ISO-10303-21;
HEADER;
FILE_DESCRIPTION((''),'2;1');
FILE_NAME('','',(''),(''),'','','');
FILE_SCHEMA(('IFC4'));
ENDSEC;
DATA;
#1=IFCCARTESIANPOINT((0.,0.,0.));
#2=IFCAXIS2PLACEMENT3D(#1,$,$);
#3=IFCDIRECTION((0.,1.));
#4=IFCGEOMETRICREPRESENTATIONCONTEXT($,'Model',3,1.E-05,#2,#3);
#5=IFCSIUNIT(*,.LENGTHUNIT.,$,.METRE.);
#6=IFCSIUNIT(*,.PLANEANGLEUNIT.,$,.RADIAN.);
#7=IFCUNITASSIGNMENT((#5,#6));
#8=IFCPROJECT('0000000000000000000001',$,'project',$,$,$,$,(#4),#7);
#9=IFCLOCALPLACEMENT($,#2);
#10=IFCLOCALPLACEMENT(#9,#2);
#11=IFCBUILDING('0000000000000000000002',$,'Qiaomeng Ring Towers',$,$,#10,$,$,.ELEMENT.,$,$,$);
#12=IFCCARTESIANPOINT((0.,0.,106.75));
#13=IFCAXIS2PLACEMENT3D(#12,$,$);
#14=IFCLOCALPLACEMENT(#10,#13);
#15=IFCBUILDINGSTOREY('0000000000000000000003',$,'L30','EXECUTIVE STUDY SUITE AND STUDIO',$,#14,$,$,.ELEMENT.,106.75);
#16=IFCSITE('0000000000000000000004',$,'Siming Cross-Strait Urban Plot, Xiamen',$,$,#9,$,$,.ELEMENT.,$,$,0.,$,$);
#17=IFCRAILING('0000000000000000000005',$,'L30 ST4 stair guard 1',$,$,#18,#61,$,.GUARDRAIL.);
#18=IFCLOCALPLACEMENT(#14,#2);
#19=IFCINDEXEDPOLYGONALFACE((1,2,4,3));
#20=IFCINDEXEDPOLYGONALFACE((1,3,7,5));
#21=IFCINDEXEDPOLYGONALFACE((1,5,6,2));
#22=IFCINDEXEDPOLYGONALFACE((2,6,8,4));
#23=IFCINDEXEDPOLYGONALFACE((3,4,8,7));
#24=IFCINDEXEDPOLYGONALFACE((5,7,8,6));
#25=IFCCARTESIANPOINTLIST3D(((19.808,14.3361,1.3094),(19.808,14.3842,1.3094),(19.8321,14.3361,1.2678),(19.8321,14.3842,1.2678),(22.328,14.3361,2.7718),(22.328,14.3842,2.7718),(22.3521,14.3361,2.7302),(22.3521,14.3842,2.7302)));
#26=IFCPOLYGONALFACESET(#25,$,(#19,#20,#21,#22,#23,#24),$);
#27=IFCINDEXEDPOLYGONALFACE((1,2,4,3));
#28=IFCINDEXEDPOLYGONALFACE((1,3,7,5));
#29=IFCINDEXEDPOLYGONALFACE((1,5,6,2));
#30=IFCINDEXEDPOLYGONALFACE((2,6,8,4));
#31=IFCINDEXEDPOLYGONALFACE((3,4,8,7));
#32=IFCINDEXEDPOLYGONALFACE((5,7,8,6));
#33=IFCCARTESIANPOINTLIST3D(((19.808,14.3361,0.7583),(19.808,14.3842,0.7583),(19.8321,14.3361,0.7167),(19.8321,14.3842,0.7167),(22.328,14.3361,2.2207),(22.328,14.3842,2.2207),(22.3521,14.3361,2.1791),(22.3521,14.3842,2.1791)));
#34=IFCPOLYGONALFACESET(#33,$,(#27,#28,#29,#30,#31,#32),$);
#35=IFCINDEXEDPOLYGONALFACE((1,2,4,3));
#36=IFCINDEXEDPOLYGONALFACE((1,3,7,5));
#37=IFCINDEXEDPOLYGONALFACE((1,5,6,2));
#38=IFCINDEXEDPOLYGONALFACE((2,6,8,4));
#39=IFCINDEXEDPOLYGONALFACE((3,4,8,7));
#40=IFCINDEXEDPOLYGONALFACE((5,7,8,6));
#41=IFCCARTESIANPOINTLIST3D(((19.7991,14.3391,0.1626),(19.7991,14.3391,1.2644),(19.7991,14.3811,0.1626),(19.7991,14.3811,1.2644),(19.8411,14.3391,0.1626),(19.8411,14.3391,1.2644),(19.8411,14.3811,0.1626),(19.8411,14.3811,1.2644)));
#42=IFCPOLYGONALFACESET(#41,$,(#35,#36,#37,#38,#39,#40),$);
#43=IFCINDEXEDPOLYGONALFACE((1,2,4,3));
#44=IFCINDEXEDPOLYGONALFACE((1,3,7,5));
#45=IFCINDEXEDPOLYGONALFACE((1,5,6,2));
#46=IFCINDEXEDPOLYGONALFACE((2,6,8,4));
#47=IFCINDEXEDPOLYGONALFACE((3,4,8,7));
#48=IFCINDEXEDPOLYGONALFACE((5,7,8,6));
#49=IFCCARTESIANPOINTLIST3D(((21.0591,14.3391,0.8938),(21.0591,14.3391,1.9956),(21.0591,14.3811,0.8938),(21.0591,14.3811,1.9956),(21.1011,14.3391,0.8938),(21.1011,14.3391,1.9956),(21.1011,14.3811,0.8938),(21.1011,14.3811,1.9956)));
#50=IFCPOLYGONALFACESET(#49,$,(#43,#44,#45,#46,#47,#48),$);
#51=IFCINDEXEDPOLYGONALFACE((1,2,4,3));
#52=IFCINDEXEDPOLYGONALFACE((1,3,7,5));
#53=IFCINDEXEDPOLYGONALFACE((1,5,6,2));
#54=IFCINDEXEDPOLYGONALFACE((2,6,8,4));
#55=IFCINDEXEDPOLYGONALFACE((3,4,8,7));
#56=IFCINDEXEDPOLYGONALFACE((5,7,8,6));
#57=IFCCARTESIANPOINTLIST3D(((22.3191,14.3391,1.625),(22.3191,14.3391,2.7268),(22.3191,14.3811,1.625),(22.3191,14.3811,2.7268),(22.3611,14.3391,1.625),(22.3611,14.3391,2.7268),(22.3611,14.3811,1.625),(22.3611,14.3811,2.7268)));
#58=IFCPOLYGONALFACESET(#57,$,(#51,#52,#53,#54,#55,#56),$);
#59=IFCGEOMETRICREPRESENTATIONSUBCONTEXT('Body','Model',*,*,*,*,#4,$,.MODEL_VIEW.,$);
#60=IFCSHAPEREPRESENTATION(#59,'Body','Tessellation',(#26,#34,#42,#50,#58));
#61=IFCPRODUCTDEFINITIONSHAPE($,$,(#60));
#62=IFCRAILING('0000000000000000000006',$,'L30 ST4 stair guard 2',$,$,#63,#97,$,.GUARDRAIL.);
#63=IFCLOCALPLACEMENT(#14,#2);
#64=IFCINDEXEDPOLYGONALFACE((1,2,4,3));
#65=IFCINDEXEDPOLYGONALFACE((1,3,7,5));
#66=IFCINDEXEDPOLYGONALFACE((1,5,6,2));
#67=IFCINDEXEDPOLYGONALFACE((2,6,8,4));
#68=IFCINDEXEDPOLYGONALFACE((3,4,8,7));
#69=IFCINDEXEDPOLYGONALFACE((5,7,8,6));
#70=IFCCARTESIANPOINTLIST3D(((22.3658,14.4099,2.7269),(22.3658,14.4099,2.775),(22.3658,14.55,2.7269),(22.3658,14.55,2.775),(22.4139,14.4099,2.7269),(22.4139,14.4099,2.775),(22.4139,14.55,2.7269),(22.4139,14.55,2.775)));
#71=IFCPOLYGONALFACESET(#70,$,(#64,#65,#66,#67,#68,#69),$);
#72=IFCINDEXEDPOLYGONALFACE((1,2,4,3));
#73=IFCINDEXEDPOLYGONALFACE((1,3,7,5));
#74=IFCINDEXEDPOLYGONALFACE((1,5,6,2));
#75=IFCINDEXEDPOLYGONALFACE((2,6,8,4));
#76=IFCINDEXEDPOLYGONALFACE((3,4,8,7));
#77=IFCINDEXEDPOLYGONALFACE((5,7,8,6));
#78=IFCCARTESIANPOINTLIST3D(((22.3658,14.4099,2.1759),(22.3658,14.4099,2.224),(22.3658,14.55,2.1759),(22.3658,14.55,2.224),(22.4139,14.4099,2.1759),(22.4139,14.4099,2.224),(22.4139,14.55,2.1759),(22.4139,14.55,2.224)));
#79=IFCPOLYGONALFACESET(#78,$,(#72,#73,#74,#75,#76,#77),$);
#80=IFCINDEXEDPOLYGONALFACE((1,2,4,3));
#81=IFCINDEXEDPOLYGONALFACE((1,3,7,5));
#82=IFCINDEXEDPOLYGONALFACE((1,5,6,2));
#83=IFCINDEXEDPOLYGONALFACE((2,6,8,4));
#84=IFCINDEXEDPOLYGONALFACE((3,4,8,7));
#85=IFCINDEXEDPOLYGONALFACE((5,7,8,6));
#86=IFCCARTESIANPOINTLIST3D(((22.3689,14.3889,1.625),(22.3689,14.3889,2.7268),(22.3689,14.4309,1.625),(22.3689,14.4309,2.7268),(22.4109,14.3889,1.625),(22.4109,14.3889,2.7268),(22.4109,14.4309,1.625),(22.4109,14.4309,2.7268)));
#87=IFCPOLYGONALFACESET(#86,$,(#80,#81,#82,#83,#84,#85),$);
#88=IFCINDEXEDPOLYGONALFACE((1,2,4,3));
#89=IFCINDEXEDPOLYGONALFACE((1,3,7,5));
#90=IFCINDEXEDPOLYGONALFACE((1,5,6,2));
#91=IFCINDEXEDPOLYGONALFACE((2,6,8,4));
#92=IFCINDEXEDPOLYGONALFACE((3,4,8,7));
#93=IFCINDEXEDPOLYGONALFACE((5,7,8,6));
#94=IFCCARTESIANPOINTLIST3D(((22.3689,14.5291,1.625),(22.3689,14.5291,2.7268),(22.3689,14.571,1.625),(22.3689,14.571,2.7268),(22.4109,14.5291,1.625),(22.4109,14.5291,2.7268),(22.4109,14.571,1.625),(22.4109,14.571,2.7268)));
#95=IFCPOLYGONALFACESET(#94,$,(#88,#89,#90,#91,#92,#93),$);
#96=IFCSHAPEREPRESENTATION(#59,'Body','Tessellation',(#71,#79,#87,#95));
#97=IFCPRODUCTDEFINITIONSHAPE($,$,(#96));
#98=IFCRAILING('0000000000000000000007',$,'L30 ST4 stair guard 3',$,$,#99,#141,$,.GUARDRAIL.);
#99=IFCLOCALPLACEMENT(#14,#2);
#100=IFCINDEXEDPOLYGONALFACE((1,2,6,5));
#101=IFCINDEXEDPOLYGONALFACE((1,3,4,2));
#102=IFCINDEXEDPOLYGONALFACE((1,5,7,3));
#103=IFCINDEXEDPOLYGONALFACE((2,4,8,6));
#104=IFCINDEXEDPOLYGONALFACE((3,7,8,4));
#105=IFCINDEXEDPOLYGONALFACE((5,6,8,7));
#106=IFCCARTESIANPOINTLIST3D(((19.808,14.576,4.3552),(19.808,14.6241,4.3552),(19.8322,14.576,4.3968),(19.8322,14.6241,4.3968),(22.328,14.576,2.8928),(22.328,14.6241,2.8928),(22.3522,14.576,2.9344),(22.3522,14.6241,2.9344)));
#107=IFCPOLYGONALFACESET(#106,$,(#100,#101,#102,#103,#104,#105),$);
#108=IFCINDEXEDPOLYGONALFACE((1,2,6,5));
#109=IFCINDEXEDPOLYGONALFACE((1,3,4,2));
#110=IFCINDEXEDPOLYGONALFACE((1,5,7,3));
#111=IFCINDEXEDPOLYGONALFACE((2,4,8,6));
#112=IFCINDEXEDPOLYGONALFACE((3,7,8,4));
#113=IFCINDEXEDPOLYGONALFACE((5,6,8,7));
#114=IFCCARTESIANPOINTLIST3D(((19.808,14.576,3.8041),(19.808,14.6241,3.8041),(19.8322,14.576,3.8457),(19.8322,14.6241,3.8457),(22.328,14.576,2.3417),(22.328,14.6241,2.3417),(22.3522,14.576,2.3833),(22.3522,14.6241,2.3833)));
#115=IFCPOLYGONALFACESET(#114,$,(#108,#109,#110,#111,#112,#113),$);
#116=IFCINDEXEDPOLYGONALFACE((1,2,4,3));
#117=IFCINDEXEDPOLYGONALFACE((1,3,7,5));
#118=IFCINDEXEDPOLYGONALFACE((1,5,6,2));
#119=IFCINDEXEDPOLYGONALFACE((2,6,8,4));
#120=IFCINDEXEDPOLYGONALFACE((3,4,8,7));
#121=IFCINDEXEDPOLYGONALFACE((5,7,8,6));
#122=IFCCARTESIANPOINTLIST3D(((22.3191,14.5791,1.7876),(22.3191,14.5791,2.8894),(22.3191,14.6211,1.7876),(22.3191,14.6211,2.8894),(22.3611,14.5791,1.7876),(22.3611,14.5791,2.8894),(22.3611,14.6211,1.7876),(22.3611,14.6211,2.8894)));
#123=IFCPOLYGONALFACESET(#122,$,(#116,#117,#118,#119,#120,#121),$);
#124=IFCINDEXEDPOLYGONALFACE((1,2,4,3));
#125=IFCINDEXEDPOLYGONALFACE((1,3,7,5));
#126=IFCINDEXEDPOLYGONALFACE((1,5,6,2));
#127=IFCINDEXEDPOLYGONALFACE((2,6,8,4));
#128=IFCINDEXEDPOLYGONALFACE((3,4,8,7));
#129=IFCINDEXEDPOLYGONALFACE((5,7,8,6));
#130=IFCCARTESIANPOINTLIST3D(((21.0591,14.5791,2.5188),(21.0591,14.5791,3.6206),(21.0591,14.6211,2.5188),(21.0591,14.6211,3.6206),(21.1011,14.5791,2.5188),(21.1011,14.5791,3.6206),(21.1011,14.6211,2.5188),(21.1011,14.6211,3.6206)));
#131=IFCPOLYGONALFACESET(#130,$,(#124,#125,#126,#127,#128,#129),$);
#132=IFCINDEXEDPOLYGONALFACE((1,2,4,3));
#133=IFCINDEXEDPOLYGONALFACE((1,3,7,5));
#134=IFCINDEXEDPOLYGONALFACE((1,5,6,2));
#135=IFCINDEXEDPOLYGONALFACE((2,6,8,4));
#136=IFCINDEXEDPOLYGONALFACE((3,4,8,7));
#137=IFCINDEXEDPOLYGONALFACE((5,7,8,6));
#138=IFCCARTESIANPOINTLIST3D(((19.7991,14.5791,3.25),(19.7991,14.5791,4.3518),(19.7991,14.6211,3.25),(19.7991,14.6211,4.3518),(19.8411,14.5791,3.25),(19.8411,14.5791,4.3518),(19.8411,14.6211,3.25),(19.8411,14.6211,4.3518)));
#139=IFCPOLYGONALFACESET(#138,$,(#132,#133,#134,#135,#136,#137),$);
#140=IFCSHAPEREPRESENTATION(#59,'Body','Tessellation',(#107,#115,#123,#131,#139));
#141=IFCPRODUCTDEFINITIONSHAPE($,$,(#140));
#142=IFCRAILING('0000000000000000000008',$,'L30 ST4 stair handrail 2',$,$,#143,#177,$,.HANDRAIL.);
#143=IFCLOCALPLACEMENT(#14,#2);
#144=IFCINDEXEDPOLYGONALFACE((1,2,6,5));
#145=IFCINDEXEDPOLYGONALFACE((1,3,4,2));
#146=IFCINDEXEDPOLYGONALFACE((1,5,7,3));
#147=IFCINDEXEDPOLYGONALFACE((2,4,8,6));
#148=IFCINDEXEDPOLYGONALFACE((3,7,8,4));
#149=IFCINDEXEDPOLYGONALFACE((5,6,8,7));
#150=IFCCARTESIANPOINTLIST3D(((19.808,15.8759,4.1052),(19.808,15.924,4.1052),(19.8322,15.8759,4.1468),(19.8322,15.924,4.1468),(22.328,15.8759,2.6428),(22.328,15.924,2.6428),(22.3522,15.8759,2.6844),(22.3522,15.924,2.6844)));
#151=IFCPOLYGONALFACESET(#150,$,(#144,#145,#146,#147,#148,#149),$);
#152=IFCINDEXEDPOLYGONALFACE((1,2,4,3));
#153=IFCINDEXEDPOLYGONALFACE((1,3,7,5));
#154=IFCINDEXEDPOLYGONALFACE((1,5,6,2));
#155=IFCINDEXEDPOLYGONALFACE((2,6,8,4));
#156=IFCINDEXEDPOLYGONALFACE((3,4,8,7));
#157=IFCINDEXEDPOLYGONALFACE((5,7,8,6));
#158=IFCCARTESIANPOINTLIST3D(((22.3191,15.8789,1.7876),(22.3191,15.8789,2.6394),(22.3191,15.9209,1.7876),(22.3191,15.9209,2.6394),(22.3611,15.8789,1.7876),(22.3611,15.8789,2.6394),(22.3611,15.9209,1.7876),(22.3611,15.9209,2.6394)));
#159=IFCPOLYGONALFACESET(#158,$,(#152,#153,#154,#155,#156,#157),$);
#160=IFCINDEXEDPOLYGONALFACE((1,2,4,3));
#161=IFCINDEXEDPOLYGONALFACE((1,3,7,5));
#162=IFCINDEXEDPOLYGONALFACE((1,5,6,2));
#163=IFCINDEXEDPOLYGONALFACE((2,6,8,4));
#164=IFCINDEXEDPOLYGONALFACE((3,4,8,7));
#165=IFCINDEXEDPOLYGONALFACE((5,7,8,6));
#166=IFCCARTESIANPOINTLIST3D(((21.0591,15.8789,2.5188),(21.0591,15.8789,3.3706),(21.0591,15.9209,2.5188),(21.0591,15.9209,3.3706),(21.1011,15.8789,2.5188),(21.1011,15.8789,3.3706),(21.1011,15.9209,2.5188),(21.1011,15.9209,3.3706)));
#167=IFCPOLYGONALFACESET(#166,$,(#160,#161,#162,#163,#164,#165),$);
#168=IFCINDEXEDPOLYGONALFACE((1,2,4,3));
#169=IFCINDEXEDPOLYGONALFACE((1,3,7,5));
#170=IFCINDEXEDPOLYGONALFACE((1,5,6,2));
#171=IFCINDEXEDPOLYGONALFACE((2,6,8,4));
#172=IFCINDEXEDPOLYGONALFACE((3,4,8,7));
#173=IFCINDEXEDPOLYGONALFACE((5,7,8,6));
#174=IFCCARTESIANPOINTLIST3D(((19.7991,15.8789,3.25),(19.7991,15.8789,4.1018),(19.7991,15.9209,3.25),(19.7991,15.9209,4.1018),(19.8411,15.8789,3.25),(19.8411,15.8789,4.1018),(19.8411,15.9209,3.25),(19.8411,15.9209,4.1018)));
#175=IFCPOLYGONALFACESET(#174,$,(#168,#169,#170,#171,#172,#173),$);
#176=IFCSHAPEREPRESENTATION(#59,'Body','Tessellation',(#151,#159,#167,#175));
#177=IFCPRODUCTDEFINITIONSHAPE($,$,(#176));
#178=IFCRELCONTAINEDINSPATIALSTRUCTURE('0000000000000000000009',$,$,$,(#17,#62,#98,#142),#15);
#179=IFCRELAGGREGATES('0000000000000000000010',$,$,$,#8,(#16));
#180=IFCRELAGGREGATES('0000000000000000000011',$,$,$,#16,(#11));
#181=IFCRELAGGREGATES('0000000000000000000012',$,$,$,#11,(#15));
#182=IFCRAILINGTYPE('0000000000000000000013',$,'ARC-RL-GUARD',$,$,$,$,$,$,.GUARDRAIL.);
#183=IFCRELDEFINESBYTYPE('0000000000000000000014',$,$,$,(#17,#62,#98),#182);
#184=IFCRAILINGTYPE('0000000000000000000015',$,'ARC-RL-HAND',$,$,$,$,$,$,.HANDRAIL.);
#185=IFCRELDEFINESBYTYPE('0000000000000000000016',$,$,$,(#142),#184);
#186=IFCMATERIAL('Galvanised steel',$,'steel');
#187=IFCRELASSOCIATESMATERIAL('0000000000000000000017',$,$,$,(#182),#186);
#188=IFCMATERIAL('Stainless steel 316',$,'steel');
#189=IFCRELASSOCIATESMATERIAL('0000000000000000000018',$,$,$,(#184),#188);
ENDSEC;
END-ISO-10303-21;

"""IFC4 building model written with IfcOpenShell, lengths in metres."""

from ifc_helpers import new_model, si_unit, direction, frame, origin, origin_2d, place, context, subcontext, project, spatial, rectangle, extrude, material, type_object, element, save


model = new_model("IFC4")

# Units and contexts
model_context = context("Model", 3, precision=1e-05, world=origin(), true_north=direction((0.0, 1.0)))
body_context = subcontext(model_context, "Body", "Model", "MODEL_VIEW")
ifc_project = project(units=[si_unit("LENGTHUNIT", "METRE"), si_unit("PLANEANGLEUNIT", "RADIAN")], contexts=[model_context])

# Site, building, storey
site_placement = place(None, origin())
site = spatial("IfcSite", under=ifc_project, at=site_placement, Name="Siming Cross-Strait Urban Plot, Xiamen", CompositionType="ELEMENT", RefElevation=0.0)
building_placement = place(site_placement, origin())
building = spatial("IfcBuilding", under=site, at=building_placement, Name="Qiaomeng Ring Towers", CompositionType="ELEMENT")
storey_placement = place(building_placement, frame((0.0, 0.0, 106.75)))
storey = spatial("IfcBuildingStorey", under=building, at=storey_placement, Name="L30", Description="EXECUTIVE STUDY SUITE AND STUDIO", CompositionType="ELEMENT", Elevation=106.75)

# Shared definitions
ifc_material_1 = material(Name="Stainless steel 316", Category="steel")

# Railings
ifc_material_2 = material(Name="Galvanised steel", Category="steel")
railing_type_1 = type_object("IfcRailingType", Name="ARC-RL-GUARD", PredefinedType="GUARDRAIL", material=ifc_material_2)
railing_1_placement = place(storey_placement, frame((19.8201, 14.3601, 0.1626)))
element("IfcRailing", 1, at=railing_1_placement, inside=storey, type_object=railing_type_1, Name="L30 ST4 stair guard 1", PredefinedType="GUARDRAIL", context=body_context, shape_type="SweptSolid", body=[
    extrude(rectangle(XDim=0.0481, YDim=0.0481, at=origin_2d()), frame((0.0, 0.0, 1.126), z_axis=(0.864913, 0.0, 0.501921), x_axis=(0.0, 1.0, 0.0)), (0.0, 0.0, 1.0), 2.9136),
    extrude(rectangle(XDim=0.0481, YDim=0.0481, at=origin_2d()), frame((0.0, 0.0, 0.575), z_axis=(0.864913, 0.0, 0.501921), x_axis=(0.0, 1.0, 0.0)), (0.0, 0.0, 1.0), 2.9136),
    extrude(rectangle(XDim=0.042, YDim=0.042, at=origin_2d()), origin(), (0.0, 0.0, 1.0), 1.1018),
    extrude(rectangle(XDim=0.042, YDim=0.042, at=origin_2d()), frame((1.26, 0.0, 0.7312)), (0.0, 0.0, 1.0), 1.1018),
    extrude(rectangle(XDim=0.042, YDim=0.042, at=origin_2d()), frame((2.52, 0.0, 1.4624)), (0.0, 0.0, 1.0), 1.1018),
])
railing_2_placement = place(storey_placement, frame((22.3899, 14.4099, 1.625)))
element("IfcRailing", 2, at=railing_2_placement, inside=storey, type_object=railing_type_1, Name="L30 ST4 stair guard 2", PredefinedType="GUARDRAIL", context=body_context, shape_type="SweptSolid", body=[
    extrude(rectangle(XDim=0.0481, YDim=0.0481, at=origin_2d()), frame((0.0, 0.0, 1.126), z_axis=(0.0, 1.0, 0.0), x_axis=(-1.0, 0.0, 0.0)), (0.0, 0.0, 1.0), 0.1401),
    extrude(rectangle(XDim=0.0481, YDim=0.0481, at=origin_2d()), frame((0.0, 0.0, 0.575), z_axis=(0.0, 1.0, 0.0), x_axis=(-1.0, 0.0, 0.0)), (0.0, 0.0, 1.0), 0.1401),
    extrude(rectangle(XDim=0.042, YDim=0.042, at=origin_2d()), origin(), (0.0, 0.0, 1.0), 1.1018),
    extrude(rectangle(XDim=0.042, YDim=0.042, at=origin_2d()), frame((0.0, 0.1401, 0.0)), (0.0, 0.0, 1.0), 1.1018),
])
railing_3_placement = place(storey_placement, frame((22.3401, 14.6001, 1.7876)))
element("IfcRailing", 3, at=railing_3_placement, inside=storey, type_object=railing_type_1, Name="L30 ST4 stair guard 3", PredefinedType="GUARDRAIL", context=body_context, shape_type="SweptSolid", body=[
    extrude(rectangle(XDim=0.0481, YDim=0.0481, at=origin_2d()), frame((0.0, 0.0, 1.126), z_axis=(-0.864913, 0.0, 0.501921), x_axis=(0.0, -1.0, 0.0)), (0.0, 0.0, 1.0), 2.9136),
    extrude(rectangle(XDim=0.0481, YDim=0.0481, at=origin_2d()), frame((0.0, 0.0, 0.575), z_axis=(-0.864913, 0.0, 0.501921), x_axis=(0.0, -1.0, 0.0)), (0.0, 0.0, 1.0), 2.9136),
    extrude(rectangle(XDim=0.042, YDim=0.042, at=origin_2d()), origin(), (0.0, 0.0, 1.0), 1.1018),
    extrude(rectangle(XDim=0.042, YDim=0.042, at=origin_2d()), frame((-1.26, 0.0, 0.7312)), (0.0, 0.0, 1.0), 1.1018),
    extrude(rectangle(XDim=0.042, YDim=0.042, at=origin_2d()), frame((-2.52, 0.0, 1.4624)), (0.0, 0.0, 1.0), 1.1018),
])
railing_type_2 = type_object("IfcRailingType", Name="ARC-RL-HAND", PredefinedType="HANDRAIL", material=ifc_material_1)
railing_4_placement = place(storey_placement, frame((22.3401, 15.8999, 1.7876)))
element("IfcRailing", 4, at=railing_4_placement, inside=storey, type_object=railing_type_2, Name="L30 ST4 stair handrail 2", PredefinedType="HANDRAIL", context=body_context, shape_type="SweptSolid", body=[
    extrude(rectangle(XDim=0.0481, YDim=0.0481, at=origin_2d()), frame((0.0, 0.0, 0.876), z_axis=(-0.864913, 0.0, 0.501921), x_axis=(0.0, -1.0, 0.0)), (0.0, 0.0, 1.0), 2.9136),
    extrude(rectangle(XDim=0.042, YDim=0.042, at=origin_2d()), origin(), (0.0, 0.0, 1.0), 0.8518),
    extrude(rectangle(XDim=0.042, YDim=0.042, at=origin_2d()), frame((-1.26, 0.0, 0.7312)), (0.0, 0.0, 1.0), 0.8518),
    extrude(rectangle(XDim=0.042, YDim=0.042, at=origin_2d()), frame((-2.52, 0.0, 1.4624)), (0.0, 0.0, 1.0), 0.8518),
])

save(model, "model.ifc")
